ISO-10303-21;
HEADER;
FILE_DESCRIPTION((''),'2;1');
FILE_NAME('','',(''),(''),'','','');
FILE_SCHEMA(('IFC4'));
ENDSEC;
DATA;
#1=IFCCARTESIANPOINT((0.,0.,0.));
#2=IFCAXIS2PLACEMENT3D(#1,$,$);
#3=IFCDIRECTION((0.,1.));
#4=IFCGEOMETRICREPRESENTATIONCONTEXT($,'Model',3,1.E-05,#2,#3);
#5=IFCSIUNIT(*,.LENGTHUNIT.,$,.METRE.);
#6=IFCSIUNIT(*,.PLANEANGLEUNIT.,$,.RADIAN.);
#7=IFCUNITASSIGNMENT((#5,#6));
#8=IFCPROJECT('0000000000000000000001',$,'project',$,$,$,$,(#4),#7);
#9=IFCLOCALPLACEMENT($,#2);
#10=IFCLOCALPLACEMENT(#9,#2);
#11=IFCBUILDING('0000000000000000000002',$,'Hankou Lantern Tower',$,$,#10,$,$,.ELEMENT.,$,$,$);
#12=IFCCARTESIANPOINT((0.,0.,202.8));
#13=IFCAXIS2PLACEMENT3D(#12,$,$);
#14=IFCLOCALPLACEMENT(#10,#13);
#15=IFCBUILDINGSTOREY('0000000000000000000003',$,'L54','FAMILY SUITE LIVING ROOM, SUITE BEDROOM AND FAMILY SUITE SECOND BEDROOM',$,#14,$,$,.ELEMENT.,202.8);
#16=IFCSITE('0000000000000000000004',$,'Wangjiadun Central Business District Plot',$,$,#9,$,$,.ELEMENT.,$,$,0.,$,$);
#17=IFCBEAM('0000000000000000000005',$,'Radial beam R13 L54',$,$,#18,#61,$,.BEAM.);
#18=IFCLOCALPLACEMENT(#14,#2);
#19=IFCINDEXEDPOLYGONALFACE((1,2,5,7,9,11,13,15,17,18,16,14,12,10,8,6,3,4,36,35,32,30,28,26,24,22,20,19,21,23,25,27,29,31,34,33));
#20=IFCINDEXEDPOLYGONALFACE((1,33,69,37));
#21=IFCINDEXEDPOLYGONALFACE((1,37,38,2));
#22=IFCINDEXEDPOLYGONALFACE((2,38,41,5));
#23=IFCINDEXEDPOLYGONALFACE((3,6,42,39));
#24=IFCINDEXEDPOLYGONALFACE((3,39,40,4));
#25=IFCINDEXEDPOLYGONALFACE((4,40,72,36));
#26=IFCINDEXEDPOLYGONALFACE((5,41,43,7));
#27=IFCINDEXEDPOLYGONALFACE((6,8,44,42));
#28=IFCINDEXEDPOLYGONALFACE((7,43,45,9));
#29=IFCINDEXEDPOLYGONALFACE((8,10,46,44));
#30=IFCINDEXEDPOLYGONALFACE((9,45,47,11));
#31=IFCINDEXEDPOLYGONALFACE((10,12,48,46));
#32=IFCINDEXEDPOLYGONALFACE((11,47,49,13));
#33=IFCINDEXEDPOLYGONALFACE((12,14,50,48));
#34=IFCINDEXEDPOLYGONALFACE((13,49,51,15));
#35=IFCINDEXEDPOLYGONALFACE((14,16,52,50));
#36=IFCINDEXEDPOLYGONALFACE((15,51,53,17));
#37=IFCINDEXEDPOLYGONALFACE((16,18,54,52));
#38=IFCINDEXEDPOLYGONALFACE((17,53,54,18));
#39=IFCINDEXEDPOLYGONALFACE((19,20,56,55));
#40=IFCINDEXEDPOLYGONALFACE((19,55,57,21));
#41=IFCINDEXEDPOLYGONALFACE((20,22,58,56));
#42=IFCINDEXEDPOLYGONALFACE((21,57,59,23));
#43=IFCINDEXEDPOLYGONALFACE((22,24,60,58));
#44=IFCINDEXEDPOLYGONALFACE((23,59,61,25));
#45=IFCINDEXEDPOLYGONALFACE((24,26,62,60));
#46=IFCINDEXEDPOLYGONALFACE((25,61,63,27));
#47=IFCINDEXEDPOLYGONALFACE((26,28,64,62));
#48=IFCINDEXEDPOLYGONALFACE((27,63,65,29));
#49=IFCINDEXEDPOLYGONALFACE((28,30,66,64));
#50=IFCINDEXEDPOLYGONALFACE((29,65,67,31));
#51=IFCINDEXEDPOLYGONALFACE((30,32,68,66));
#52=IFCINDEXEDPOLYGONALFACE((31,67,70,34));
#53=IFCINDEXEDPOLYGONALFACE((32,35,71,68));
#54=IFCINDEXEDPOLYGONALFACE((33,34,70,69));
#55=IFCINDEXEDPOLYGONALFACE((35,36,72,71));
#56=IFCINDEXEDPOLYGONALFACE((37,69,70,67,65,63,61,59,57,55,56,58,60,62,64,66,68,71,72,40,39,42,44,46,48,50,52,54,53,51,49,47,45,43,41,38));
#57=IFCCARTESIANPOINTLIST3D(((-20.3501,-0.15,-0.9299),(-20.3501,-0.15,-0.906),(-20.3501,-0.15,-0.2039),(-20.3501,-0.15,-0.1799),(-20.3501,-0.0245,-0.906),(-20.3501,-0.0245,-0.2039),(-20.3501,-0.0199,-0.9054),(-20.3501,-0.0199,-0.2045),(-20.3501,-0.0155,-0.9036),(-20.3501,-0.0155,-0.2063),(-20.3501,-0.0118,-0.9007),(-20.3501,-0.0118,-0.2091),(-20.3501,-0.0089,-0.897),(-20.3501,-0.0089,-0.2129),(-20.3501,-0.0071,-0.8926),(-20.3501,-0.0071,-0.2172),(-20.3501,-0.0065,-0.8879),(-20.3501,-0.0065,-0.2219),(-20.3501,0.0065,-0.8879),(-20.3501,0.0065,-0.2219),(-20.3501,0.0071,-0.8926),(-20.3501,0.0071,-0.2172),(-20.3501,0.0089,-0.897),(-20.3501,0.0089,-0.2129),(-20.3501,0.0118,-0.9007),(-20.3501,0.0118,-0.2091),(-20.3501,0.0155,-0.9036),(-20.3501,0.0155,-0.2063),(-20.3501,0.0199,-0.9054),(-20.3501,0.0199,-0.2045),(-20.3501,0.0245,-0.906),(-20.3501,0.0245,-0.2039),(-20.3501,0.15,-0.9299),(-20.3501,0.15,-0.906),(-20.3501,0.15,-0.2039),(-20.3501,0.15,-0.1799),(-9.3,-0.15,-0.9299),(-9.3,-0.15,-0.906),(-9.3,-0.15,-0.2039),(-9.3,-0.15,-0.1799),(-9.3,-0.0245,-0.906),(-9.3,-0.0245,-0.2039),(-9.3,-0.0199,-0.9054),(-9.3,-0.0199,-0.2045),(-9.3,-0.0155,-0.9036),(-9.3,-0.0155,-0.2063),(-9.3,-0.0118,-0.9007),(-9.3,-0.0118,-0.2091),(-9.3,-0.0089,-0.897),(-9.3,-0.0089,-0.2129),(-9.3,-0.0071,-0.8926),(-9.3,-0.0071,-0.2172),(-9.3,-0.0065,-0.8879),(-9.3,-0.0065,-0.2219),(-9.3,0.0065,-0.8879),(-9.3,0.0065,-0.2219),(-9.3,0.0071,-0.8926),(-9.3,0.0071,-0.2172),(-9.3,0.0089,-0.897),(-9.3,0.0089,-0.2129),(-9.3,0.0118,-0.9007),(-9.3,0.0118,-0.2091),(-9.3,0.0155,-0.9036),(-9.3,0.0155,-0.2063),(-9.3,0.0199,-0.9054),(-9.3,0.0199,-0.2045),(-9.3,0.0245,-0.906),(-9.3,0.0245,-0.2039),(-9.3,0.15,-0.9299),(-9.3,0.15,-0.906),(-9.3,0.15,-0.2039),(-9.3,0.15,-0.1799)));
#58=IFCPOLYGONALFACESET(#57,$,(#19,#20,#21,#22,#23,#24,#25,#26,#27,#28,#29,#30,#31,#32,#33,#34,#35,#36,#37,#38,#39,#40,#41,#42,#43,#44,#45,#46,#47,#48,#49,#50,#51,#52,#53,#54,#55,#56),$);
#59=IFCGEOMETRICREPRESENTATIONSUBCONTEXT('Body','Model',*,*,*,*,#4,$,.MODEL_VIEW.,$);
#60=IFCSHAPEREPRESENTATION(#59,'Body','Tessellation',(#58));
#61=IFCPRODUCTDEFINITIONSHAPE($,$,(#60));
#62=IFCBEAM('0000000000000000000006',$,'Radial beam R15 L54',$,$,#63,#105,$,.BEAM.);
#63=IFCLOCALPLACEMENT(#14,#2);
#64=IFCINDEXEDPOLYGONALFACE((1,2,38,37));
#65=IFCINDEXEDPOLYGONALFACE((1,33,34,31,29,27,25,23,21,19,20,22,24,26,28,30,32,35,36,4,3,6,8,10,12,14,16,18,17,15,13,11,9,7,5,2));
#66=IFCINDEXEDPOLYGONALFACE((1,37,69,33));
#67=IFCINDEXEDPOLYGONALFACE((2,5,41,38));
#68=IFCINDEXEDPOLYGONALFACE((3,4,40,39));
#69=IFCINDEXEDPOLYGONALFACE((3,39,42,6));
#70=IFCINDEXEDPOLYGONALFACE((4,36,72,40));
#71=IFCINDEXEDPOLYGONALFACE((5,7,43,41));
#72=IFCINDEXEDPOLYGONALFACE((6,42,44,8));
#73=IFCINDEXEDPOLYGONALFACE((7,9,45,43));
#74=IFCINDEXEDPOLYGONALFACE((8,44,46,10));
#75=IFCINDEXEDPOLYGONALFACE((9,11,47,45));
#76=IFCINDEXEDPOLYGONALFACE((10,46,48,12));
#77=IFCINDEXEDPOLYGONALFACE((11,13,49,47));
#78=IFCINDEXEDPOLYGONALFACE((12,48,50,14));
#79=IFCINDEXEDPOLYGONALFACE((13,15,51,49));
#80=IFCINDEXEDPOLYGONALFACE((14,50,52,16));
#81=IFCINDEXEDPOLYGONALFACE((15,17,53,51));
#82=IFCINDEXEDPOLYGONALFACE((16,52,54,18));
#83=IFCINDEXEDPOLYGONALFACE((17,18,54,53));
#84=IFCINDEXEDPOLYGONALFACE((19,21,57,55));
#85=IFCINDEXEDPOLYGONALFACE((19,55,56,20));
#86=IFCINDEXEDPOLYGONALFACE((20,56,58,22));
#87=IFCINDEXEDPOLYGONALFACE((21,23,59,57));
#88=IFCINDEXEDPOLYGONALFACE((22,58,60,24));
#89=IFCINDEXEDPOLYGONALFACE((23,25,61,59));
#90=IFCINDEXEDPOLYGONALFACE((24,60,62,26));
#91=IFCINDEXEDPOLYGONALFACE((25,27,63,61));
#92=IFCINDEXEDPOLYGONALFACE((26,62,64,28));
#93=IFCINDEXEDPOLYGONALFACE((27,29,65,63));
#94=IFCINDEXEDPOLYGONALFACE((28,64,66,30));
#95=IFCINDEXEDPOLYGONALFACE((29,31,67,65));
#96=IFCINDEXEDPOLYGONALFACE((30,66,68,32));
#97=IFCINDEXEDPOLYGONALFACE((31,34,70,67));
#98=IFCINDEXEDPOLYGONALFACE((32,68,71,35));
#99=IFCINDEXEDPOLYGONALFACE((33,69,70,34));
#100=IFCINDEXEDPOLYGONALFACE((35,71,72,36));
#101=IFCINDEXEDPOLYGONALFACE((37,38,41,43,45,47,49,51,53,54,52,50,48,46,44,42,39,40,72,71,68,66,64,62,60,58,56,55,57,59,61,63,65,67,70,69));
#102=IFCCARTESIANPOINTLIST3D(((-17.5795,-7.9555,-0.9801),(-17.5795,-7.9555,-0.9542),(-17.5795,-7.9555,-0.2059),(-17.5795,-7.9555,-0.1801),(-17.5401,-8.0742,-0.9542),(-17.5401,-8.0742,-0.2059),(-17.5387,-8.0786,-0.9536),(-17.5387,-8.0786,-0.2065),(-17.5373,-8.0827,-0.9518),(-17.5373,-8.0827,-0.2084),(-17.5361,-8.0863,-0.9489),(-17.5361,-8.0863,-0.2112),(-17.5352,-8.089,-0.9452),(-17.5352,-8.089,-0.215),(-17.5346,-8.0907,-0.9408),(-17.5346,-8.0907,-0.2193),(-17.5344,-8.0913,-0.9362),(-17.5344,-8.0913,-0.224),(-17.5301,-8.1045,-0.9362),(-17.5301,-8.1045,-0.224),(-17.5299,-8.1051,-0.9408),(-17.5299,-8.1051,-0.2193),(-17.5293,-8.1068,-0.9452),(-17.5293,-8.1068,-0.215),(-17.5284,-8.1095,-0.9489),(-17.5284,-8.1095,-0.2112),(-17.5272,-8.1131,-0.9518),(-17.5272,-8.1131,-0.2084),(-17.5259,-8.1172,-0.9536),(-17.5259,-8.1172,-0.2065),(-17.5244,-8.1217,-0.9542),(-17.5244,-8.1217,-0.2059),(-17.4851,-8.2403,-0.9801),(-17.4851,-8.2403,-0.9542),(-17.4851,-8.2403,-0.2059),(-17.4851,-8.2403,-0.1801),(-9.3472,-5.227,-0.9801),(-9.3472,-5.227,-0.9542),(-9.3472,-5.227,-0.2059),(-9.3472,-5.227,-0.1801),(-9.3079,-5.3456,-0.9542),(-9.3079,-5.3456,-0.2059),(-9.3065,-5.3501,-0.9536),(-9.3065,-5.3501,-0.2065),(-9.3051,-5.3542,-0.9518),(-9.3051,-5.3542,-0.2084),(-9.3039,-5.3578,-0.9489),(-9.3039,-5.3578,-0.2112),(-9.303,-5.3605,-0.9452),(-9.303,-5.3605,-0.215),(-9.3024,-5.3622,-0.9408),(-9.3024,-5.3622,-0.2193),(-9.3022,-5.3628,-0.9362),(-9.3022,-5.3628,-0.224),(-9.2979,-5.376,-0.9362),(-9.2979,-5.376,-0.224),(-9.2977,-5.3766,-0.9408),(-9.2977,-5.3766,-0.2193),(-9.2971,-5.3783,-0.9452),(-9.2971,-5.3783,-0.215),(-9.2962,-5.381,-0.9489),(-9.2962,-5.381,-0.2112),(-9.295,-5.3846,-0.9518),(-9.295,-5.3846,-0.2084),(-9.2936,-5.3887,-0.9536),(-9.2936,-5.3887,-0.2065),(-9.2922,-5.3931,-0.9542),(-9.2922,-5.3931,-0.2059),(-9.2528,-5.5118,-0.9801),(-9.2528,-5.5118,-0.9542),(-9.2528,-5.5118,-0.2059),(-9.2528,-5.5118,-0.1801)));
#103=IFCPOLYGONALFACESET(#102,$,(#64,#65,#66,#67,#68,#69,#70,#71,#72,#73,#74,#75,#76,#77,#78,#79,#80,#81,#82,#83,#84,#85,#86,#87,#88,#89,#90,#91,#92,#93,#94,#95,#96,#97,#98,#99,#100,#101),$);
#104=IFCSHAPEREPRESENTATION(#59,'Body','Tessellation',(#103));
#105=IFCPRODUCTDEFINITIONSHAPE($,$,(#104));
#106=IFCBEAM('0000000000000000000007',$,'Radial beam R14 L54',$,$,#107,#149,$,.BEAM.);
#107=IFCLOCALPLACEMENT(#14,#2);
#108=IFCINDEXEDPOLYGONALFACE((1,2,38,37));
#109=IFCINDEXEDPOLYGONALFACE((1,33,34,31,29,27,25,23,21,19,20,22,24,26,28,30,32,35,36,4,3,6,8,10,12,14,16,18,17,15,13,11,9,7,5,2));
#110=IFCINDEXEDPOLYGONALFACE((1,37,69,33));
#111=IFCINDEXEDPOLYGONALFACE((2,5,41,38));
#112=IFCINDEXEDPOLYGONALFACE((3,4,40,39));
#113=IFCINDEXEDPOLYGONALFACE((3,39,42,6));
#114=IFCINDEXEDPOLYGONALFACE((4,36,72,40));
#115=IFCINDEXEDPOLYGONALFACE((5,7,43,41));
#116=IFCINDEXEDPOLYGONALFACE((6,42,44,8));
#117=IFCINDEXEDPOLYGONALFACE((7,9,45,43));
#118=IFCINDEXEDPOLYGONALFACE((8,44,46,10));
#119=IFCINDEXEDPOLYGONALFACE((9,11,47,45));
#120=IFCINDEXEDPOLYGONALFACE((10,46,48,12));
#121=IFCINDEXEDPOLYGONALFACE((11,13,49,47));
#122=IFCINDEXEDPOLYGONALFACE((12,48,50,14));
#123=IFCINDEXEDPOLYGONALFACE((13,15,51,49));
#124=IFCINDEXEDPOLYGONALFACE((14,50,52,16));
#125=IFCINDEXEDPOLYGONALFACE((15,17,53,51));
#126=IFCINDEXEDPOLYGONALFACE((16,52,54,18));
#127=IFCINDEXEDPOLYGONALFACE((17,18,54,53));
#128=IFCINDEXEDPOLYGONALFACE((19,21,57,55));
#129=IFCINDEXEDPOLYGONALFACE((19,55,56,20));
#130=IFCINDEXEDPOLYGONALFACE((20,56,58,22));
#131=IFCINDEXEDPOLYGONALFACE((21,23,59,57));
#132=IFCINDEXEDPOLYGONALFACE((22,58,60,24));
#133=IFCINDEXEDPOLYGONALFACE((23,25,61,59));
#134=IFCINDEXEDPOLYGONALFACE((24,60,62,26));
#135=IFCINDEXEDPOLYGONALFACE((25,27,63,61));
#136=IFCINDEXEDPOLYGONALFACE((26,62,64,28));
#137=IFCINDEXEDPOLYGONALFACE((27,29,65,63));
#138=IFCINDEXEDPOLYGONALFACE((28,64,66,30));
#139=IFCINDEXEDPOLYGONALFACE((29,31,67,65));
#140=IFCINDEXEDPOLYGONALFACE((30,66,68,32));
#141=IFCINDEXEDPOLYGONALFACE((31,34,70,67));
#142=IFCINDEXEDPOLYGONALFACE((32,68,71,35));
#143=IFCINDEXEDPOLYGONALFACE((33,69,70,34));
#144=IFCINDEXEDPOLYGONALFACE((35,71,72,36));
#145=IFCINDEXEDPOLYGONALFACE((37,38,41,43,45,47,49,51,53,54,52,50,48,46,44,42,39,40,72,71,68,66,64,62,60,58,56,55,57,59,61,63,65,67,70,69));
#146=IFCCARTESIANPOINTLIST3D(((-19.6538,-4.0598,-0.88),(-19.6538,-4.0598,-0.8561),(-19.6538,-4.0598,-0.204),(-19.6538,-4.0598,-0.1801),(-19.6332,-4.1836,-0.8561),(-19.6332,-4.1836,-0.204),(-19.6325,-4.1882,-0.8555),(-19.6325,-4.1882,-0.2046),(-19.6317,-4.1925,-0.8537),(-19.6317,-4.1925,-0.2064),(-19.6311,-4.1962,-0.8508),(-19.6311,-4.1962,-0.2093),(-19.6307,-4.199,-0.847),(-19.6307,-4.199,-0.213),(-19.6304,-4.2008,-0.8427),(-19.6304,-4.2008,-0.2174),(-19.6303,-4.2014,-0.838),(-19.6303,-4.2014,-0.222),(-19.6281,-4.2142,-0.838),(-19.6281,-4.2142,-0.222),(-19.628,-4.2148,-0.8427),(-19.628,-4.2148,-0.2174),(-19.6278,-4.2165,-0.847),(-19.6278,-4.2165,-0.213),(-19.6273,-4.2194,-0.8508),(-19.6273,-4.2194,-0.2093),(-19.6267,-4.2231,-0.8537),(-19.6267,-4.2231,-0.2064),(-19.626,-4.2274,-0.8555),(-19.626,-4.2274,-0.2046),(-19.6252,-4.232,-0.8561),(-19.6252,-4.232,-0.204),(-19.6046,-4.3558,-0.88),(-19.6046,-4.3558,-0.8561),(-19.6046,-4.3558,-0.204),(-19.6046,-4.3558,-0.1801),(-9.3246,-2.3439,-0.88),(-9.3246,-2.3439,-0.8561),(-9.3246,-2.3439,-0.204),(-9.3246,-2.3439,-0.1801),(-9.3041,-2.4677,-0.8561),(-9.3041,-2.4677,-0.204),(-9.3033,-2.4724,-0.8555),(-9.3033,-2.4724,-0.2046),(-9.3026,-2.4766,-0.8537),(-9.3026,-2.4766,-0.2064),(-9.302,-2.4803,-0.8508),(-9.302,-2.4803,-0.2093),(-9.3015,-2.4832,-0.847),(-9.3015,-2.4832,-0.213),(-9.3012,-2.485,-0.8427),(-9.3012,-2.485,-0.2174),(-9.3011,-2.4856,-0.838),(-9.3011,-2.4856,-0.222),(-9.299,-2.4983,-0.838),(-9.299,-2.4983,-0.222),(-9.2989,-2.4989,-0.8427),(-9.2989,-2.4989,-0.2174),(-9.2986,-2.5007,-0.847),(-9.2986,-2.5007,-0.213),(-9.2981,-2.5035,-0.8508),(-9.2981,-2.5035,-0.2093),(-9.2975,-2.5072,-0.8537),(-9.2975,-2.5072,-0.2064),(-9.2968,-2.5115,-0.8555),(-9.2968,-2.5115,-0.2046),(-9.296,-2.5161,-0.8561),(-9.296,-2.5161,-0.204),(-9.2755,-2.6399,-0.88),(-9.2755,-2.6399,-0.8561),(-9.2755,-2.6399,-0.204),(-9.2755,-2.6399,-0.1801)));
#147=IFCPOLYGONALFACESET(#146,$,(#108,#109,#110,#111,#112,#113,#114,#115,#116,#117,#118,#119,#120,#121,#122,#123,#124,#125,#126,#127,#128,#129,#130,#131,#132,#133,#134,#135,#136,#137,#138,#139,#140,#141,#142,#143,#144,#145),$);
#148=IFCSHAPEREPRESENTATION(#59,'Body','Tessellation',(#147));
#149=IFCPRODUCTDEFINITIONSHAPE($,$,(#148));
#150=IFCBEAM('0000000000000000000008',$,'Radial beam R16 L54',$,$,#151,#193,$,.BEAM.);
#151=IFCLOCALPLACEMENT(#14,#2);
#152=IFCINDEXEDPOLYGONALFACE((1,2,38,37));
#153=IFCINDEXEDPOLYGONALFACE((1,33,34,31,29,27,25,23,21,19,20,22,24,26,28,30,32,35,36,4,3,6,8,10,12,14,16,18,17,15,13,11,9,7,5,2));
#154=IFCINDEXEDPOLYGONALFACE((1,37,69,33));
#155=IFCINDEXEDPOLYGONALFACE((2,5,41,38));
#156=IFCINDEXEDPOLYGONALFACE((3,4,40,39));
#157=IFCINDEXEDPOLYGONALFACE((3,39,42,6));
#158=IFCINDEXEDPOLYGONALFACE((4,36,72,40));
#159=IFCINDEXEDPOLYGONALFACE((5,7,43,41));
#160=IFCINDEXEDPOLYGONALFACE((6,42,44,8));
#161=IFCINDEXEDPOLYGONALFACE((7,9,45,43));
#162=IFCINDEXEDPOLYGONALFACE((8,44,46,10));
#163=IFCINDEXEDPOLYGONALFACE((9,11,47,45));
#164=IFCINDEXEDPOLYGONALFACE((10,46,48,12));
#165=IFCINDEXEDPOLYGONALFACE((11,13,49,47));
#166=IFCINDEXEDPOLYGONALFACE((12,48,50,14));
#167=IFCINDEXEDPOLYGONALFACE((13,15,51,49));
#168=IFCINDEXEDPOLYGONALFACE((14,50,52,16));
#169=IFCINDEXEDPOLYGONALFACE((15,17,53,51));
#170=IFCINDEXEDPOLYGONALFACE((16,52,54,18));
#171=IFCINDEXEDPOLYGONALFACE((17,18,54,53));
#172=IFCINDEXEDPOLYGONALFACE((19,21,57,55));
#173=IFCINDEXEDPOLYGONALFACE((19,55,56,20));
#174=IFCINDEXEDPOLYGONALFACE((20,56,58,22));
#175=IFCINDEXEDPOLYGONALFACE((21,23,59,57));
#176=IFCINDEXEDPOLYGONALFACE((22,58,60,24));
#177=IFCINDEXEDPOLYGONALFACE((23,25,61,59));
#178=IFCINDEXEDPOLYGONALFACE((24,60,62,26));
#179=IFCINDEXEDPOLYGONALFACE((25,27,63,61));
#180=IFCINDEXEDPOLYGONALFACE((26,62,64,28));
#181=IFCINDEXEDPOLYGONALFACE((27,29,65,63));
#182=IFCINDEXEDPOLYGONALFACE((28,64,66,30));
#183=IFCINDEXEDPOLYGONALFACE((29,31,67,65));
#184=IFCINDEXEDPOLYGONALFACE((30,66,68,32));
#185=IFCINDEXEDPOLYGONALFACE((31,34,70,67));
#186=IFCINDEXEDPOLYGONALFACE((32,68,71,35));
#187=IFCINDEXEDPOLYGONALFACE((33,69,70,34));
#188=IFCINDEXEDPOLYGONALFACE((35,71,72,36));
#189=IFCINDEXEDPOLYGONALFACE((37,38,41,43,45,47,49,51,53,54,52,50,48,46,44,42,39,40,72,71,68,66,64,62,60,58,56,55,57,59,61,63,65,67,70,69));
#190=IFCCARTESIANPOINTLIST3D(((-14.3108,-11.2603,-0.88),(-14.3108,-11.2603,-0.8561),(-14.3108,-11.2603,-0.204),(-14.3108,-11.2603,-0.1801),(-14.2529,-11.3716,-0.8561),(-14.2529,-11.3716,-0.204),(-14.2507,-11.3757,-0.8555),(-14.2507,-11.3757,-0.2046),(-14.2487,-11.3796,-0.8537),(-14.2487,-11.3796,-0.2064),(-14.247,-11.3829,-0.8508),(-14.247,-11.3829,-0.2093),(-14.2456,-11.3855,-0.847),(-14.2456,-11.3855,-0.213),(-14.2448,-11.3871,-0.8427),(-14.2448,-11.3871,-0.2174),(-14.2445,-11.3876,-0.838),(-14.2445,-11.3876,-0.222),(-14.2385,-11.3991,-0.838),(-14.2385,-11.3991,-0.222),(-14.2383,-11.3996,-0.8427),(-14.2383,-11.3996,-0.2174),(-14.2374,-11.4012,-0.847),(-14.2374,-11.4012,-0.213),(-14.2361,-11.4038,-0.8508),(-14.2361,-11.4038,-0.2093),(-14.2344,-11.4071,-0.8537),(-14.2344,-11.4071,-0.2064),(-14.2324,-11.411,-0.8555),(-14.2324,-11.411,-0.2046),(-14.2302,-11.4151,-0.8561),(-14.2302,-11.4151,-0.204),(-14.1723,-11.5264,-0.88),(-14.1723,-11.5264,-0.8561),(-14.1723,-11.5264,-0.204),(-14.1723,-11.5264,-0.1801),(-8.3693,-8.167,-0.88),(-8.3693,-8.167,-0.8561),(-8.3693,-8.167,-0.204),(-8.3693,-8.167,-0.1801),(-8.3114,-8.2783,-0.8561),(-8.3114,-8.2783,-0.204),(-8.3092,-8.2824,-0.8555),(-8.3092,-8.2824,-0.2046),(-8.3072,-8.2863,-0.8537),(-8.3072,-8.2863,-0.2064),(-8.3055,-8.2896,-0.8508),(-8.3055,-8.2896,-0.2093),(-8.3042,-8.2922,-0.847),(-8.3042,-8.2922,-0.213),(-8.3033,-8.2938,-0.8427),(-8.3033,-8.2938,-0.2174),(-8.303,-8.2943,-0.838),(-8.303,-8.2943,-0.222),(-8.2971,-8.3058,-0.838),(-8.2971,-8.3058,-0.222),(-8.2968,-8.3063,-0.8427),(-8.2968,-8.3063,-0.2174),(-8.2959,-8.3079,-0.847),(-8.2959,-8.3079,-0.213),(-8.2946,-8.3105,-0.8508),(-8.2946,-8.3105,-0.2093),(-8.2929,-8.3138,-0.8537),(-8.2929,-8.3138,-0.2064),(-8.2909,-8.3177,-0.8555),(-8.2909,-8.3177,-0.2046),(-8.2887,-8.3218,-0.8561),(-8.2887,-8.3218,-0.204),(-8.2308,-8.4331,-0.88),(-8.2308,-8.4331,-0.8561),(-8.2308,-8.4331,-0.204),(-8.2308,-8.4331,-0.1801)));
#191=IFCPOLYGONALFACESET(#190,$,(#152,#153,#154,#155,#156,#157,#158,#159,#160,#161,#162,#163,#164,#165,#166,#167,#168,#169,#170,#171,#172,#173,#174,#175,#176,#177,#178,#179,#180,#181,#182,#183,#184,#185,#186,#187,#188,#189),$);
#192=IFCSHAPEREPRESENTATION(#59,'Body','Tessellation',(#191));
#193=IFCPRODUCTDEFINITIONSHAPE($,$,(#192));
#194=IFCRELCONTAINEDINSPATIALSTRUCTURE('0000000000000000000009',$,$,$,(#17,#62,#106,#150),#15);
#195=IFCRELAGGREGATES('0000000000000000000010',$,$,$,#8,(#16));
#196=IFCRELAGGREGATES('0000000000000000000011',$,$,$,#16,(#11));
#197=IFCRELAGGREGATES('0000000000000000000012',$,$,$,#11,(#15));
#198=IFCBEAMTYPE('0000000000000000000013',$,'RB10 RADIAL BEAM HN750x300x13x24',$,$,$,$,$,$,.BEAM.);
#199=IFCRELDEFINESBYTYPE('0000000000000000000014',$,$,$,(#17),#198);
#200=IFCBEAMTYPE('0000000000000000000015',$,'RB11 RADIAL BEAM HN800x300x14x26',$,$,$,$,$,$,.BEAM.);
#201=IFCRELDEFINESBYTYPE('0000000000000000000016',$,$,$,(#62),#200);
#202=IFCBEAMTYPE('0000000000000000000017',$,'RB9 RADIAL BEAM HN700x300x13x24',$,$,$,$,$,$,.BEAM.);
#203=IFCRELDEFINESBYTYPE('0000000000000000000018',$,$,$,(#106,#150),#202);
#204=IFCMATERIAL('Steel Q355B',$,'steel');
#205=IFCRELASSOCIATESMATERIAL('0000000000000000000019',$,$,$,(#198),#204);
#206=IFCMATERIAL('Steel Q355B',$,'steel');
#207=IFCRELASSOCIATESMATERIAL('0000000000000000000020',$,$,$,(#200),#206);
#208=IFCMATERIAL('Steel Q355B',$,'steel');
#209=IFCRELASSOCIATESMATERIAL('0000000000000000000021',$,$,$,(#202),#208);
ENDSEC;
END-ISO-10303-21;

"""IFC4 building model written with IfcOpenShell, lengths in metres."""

from ifc_helpers import new_model, si_unit, direction, frame, origin, origin_2d, place, context, subcontext, project, spatial, i_section, extrude, material, material_profile, profile_set, type_object, element, save


model = new_model("IFC4")

# Units and contexts
model_context = context("Model", 3, precision=1e-05, world=origin(), true_north=direction((0.0, 1.0)))
body_context = subcontext(model_context, "Body", "Model", "MODEL_VIEW")
ifc_project = project(units=[si_unit("LENGTHUNIT", "METRE"), si_unit("PLANEANGLEUNIT", "RADIAN")], contexts=[model_context])

# Site, building, storey
site_placement = place(None, origin())
site = spatial("IfcSite", under=ifc_project, at=site_placement, Name="Wangjiadun Central Business District Plot", CompositionType="ELEMENT", RefElevation=0.0)
building_placement = place(site_placement, origin())
building = spatial("IfcBuilding", under=site, at=building_placement, Name="Hankou Lantern Tower", CompositionType="ELEMENT")
storey_placement = place(building_placement, frame((0.0, 0.0, 202.8)))
storey = spatial("IfcBuildingStorey", under=building, at=storey_placement, Name="L54", Description="FAMILY SUITE LIVING ROOM, SUITE BEDROOM AND FAMILY SUITE SECOND BEDROOM", CompositionType="ELEMENT", Elevation=202.8)

# Beams
ifc_material_1 = material(Name="Steel Q355B", Category="steel")
ifc_material_profile_1 = material_profile(ifc_material_1, i_section(OverallWidth=0.3, OverallDepth=0.75, WebThickness=0.0129, FlangeThickness=0.0239, FilletRadius=0.0181, at=origin_2d()), Name="HN750x300x13x24")
ifc_profile_set_1 = profile_set([ifc_material_profile_1], Name="Steel Q355B")
beam_type_1 = type_object("IfcBeamType", Name="RB10 RADIAL BEAM HN750x300x13x24", PredefinedType="BEAM", material=ifc_profile_set_1)
beam_1_placement = place(storey_placement, frame((-9.3, 0.0, -0.5549), z_axis=(-1.0, 0.0, 0.0), x_axis=(0.0, -1.0, 0.0)))
element("IfcBeam", 1, at=beam_1_placement, inside=storey, type_object=beam_type_1, Name="Radial beam R13 L54", PredefinedType="BEAM", context=body_context, shape_type="SweptSolid", body=[
    extrude(i_section(OverallWidth=0.3, OverallDepth=0.75, WebThickness=0.0129, FlangeThickness=0.0239, FilletRadius=0.0181, at=origin_2d()), origin(), (0.0, 0.0, 1.0), 11.05),
])
ifc_material_2 = material(Name="Steel Q355B", Category="steel")
ifc_material_profile_2 = material_profile(ifc_material_2, i_section(OverallWidth=0.3, OverallDepth=0.8, WebThickness=0.0139, FlangeThickness=0.0259, FilletRadius=0.0181, at=origin_2d()), Name="HN800x300x14x26")
ifc_profile_set_2 = profile_set([ifc_material_profile_2], Name="Steel Q355B")
beam_type_2 = type_object("IfcBeamType", Name="RB11 RADIAL BEAM HN800x300x14x26", PredefinedType="BEAM", material=ifc_profile_set_2)
beam_2_placement = place(storey_placement, frame((-9.3, -5.3694, -0.5801), z_axis=(-0.94922, -0.314614, 0.0), x_axis=(0.314614, -0.94922, 0.0)))
element("IfcBeam", 2, at=beam_2_placement, inside=storey, type_object=beam_type_2, Name="Radial beam R15 L54", PredefinedType="BEAM", context=body_context, shape_type="SweptSolid", body=[
    extrude(i_section(OverallWidth=0.3, OverallDepth=0.8, WebThickness=0.0139, FlangeThickness=0.0259, FilletRadius=0.0181, at=origin_2d()), origin(), (0.0, 0.0, 1.0), 8.6726),
])
ifc_material_3 = material(Name="Steel Q355B", Category="steel")
ifc_material_profile_3 = material_profile(ifc_material_3, i_section(OverallWidth=0.3, OverallDepth=0.7, WebThickness=0.0129, FlangeThickness=0.0239, FilletRadius=0.0181, at=origin_2d()), Name="HN700x300x13x24")
ifc_profile_set_3 = profile_set([ifc_material_profile_3], Name="Steel Q355B")
beam_type_3 = type_object("IfcBeamType", Name="RB9 RADIAL BEAM HN700x300x13x24", PredefinedType="BEAM", material=ifc_profile_set_3)
beam_3_placement = place(storey_placement, frame((-9.3, -2.4919, -0.53), z_axis=(-0.986482, -0.16387, 0.0), x_axis=(0.16387, -0.986482, 0.0)))
element("IfcBeam", 3, at=beam_3_placement, inside=storey, type_object=beam_type_3, Name="Radial beam R14 L54", PredefinedType="BEAM", context=body_context, shape_type="SweptSolid", body=[
    extrude(i_section(OverallWidth=0.3, OverallDepth=0.7, WebThickness=0.0129, FlangeThickness=0.0239, FilletRadius=0.0181, at=origin_2d()), origin(), (0.0, 0.0, 1.0), 10.4707),
])
beam_4_placement = place(storey_placement, frame((-8.3, -8.3, -0.53), z_axis=(-0.886989, -0.461791, 0.0), x_axis=(0.461791, -0.886989, 0.0)))
element("IfcBeam", 4, at=beam_4_placement, inside=storey, type_object=beam_type_3, Name="Radial beam R16 L54", PredefinedType="BEAM", context=body_context, shape_type="SweptSolid", body=[
    extrude(i_section(OverallWidth=0.3, OverallDepth=0.7, WebThickness=0.0129, FlangeThickness=0.0239, FilletRadius=0.0181, at=origin_2d()), origin(), (0.0, 0.0, 1.0), 6.6985),
])

save(model, "model.ifc")
